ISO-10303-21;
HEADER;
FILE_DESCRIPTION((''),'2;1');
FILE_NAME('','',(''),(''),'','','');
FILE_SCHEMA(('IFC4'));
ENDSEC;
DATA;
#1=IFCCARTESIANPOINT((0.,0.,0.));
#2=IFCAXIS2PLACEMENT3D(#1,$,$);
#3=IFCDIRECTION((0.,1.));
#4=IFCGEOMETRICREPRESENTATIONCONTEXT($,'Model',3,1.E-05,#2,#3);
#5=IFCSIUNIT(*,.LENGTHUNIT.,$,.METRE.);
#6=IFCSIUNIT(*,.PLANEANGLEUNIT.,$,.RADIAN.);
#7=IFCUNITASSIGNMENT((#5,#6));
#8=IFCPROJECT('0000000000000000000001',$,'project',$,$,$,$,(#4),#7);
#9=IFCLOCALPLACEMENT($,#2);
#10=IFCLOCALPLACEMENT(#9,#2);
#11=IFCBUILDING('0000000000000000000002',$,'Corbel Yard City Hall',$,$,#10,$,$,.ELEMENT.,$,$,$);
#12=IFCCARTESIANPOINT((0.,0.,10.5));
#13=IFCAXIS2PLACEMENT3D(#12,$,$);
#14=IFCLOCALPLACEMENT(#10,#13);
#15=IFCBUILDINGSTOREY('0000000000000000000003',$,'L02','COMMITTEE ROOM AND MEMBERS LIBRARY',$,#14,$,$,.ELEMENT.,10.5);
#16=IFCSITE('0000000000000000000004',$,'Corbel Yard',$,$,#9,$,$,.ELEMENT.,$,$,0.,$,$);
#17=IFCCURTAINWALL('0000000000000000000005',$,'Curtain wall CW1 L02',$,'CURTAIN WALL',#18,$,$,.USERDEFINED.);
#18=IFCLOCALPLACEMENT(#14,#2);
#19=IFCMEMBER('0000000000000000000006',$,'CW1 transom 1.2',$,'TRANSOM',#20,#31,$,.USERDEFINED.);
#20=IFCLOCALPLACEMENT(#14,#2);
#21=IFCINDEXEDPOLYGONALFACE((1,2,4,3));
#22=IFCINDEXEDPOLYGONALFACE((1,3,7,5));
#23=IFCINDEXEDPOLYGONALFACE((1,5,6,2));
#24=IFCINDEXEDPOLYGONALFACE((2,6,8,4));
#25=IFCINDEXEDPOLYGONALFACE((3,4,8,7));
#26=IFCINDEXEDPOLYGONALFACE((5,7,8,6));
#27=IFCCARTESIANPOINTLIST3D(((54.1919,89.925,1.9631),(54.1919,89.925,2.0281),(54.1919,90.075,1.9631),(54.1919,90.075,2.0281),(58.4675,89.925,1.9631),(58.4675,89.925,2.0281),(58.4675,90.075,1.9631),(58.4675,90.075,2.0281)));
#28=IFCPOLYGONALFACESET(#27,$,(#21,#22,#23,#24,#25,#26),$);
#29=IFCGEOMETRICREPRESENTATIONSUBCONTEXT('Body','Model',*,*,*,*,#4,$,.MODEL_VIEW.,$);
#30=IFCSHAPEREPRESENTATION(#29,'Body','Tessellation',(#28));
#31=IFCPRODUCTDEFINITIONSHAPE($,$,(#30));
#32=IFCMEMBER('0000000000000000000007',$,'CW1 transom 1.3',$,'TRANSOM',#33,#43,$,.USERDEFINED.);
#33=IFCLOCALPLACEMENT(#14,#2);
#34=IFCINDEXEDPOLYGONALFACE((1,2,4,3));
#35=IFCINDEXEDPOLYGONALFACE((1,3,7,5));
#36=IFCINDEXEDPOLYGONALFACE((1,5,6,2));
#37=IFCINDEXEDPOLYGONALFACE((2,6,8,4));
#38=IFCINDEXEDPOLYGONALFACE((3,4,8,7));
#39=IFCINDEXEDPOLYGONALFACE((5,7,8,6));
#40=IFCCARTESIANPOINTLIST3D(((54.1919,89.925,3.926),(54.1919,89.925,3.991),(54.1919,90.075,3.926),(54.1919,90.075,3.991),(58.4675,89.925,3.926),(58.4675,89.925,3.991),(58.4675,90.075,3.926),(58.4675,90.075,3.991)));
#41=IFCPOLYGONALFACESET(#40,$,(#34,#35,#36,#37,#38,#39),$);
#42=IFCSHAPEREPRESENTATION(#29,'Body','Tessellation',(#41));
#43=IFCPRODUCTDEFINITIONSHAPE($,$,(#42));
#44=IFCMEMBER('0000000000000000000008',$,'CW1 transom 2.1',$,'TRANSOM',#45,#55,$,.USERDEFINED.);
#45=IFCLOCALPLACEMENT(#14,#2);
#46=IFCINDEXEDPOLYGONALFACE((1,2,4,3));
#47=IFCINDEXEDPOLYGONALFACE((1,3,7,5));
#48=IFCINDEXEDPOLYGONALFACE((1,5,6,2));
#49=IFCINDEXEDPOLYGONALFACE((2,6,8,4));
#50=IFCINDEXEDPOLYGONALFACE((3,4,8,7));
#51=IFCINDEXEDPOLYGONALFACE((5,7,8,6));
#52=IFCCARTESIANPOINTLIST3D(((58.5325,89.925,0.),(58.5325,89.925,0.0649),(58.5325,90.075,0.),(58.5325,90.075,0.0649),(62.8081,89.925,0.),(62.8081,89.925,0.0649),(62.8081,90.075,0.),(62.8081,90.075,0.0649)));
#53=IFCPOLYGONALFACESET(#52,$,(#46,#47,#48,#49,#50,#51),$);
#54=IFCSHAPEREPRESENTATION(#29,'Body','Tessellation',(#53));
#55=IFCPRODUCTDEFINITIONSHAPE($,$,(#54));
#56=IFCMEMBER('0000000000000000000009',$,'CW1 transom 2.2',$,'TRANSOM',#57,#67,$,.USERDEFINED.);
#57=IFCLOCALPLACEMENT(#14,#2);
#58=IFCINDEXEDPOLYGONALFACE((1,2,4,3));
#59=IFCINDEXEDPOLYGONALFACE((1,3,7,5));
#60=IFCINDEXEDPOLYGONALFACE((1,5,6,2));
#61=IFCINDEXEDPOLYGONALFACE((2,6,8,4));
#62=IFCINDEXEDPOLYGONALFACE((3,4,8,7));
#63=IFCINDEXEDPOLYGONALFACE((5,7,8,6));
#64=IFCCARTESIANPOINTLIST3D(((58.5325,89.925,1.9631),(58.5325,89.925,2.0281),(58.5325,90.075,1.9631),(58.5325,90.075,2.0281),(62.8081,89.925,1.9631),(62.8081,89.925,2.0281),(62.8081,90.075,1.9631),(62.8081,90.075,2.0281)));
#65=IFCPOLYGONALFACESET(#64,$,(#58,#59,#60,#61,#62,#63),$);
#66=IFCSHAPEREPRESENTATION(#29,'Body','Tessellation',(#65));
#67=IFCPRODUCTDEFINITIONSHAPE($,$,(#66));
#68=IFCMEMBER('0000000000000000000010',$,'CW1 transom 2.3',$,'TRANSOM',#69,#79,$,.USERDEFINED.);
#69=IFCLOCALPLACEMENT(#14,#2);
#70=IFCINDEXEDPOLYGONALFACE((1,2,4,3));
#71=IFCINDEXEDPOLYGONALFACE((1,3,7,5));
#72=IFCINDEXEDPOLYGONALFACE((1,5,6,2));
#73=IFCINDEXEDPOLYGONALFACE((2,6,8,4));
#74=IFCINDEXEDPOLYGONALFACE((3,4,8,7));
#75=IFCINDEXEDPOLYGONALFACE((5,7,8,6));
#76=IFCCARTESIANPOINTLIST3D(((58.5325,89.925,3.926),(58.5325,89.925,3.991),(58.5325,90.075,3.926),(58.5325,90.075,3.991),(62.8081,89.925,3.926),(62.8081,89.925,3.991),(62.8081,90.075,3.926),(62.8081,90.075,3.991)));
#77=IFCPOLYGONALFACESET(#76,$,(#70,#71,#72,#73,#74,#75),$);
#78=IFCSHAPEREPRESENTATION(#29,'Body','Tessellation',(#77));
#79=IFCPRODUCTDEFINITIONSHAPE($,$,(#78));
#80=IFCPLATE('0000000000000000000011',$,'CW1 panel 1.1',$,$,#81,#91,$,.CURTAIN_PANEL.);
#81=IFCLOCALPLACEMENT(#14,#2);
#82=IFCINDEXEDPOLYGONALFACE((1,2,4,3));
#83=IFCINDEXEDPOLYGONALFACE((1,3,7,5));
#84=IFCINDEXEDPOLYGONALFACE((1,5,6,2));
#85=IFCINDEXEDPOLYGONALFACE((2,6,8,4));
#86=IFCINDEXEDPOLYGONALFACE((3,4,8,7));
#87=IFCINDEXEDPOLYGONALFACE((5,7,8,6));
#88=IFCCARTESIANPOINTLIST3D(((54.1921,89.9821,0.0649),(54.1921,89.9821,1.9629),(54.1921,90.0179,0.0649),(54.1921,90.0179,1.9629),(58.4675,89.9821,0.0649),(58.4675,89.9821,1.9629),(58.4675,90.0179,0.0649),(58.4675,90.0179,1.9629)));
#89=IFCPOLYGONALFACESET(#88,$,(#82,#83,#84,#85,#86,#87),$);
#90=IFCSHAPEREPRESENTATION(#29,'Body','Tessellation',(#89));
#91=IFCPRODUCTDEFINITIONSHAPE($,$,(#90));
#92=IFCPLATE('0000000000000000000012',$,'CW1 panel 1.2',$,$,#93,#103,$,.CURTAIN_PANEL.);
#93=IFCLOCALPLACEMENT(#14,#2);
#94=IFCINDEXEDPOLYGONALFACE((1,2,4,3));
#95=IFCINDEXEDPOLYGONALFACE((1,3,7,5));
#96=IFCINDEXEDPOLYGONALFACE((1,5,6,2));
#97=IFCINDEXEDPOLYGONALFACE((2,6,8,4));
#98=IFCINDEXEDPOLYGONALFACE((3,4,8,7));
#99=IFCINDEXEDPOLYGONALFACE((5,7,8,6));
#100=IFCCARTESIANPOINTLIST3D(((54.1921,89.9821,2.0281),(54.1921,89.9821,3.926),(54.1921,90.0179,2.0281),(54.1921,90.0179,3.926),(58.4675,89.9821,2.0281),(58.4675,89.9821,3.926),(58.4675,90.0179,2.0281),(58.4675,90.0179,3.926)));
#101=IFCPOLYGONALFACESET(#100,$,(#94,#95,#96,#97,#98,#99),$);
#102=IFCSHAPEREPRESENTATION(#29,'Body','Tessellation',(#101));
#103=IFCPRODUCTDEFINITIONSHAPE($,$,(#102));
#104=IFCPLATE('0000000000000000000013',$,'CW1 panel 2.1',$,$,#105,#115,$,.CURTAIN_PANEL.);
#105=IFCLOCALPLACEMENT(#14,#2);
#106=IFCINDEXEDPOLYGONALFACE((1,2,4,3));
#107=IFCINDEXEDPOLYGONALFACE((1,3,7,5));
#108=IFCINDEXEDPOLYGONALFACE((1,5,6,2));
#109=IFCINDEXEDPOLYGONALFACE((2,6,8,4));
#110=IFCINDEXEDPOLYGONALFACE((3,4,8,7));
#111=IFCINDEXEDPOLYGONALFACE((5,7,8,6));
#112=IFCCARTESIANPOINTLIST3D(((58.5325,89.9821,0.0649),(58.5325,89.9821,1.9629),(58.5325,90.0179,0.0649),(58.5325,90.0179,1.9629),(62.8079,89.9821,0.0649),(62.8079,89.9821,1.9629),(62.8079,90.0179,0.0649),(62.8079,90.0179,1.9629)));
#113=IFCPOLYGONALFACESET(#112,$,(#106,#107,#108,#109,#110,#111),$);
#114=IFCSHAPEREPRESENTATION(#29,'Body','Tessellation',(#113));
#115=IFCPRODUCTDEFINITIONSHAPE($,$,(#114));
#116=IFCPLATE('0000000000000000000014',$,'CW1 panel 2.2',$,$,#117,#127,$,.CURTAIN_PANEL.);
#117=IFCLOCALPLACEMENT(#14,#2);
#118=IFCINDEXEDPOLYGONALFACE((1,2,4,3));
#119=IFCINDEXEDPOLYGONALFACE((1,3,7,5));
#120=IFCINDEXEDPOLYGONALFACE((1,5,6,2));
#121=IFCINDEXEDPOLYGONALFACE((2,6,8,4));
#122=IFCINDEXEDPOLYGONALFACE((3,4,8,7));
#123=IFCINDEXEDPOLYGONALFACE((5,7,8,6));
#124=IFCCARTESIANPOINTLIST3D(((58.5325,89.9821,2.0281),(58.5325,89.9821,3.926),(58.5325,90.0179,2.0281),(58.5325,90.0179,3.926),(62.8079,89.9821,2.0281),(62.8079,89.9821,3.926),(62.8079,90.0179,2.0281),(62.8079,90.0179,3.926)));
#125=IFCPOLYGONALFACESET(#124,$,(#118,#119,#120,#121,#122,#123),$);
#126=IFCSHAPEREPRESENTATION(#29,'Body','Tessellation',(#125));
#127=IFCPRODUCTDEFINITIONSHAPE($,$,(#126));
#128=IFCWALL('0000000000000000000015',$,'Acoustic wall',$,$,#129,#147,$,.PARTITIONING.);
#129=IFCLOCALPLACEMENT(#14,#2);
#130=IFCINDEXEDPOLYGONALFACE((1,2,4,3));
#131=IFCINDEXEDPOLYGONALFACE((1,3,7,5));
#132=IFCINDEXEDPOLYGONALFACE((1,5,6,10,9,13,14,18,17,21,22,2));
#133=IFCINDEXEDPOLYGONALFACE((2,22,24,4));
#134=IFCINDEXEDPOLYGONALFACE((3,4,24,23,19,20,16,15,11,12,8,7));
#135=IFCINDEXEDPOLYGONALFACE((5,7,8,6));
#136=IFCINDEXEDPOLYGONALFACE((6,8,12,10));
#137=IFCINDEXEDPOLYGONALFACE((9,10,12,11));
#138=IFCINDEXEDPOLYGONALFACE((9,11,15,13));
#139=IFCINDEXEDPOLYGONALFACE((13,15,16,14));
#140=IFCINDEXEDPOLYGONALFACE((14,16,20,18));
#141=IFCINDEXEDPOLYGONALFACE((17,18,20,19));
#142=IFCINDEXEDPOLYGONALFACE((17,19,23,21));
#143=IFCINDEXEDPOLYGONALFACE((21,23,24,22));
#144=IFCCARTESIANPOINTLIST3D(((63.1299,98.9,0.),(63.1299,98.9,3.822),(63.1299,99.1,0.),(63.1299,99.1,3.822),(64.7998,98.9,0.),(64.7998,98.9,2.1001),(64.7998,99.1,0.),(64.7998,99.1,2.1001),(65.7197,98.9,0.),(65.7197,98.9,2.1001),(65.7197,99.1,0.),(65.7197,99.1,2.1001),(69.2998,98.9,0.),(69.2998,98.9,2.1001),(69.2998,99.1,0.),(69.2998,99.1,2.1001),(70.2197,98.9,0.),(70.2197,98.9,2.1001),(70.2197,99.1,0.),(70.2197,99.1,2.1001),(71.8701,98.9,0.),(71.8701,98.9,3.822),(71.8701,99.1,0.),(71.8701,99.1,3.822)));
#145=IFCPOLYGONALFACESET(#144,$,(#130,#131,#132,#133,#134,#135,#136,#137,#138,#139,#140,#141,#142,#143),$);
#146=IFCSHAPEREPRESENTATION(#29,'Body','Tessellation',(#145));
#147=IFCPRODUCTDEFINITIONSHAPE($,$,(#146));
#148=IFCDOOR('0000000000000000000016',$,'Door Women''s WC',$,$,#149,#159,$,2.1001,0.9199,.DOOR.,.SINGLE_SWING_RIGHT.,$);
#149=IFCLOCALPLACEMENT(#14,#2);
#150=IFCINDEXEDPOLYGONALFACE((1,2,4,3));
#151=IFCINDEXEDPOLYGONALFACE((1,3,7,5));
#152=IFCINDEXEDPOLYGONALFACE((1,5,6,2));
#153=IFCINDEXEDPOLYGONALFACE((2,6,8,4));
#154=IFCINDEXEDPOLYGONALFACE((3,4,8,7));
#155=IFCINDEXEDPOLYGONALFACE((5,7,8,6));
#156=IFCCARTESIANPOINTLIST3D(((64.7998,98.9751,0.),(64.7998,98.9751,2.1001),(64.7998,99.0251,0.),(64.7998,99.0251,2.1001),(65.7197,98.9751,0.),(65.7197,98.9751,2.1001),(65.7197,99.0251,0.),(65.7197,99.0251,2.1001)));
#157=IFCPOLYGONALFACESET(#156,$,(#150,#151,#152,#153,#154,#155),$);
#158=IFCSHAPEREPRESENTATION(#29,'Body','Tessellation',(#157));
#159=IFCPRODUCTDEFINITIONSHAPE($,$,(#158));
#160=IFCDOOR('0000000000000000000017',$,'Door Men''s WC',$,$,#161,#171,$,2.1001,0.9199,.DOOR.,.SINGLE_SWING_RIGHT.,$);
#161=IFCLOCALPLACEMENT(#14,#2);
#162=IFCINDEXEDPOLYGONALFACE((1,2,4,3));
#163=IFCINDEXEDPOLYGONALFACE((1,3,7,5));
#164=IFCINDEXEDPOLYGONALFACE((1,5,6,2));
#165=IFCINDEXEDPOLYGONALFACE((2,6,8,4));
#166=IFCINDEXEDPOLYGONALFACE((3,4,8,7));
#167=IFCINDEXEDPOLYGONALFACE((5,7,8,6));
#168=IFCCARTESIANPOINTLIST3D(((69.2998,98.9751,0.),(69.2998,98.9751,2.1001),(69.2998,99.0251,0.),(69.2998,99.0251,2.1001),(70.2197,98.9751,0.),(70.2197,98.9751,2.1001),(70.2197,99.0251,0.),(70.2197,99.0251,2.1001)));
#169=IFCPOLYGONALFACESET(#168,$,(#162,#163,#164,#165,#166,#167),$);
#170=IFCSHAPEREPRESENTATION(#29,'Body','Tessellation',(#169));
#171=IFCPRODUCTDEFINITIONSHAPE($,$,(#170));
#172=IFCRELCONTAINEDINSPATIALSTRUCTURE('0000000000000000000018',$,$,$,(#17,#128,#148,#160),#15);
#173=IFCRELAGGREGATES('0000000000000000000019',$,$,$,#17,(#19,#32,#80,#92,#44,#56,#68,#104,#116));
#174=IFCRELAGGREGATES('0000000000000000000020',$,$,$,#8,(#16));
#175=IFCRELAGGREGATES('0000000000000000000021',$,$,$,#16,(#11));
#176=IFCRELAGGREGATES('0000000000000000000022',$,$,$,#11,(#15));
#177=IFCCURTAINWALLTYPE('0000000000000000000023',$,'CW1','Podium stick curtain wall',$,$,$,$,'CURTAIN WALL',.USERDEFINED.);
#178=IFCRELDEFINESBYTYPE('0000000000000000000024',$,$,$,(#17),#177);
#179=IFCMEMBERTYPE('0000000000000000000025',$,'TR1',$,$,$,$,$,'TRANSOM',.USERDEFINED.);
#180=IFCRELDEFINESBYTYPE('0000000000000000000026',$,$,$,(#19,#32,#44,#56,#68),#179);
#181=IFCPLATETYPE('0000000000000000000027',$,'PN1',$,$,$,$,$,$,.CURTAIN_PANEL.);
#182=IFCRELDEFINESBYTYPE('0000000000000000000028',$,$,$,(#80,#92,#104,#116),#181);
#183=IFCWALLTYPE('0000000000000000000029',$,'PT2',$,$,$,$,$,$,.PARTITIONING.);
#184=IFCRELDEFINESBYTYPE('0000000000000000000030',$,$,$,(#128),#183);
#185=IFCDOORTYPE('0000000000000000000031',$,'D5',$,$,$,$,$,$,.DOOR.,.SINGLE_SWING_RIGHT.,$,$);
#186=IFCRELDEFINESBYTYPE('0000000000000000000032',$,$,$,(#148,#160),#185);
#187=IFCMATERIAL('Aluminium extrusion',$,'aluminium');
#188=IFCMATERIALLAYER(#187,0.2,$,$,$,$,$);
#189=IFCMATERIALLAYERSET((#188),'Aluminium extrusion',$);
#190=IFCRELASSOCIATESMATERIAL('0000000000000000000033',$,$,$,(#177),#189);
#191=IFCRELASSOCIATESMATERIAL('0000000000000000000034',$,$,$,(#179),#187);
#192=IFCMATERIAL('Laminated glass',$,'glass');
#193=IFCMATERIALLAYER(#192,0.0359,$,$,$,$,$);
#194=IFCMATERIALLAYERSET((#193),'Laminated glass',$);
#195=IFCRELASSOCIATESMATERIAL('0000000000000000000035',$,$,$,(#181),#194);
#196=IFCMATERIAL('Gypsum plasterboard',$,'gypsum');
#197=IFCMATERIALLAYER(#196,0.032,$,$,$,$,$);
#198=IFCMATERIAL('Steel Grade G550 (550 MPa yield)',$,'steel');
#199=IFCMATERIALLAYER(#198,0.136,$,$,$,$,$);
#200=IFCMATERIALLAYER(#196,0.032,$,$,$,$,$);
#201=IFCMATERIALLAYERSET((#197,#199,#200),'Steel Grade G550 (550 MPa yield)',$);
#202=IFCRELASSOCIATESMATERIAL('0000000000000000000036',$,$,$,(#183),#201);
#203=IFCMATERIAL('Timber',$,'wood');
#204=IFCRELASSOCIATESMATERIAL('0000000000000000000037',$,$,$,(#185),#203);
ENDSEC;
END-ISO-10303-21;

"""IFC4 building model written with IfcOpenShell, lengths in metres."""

from ifc_helpers import new_model, si_unit, direction, frame, frame_2d, origin, origin_2d, place, context, subcontext, project, spatial, rectangle, extrude, material, layer, layer_set, material_profile, profile_set, type_object, element, fill, aggregate, save


model = new_model("IFC4")

# Units and contexts
model_context = context("Model", 3, precision=1e-05, world=origin(), true_north=direction((0.0, 1.0)))
body_context = subcontext(model_context, "Body", "Model", "MODEL_VIEW")
ifc_project = project(units=[si_unit("LENGTHUNIT", "METRE"), si_unit("PLANEANGLEUNIT", "RADIAN")], contexts=[model_context])

# Site, building, storey
site_placement = place(None, origin())
site = spatial("IfcSite", under=ifc_project, at=site_placement, Name="Corbel Yard", CompositionType="ELEMENT", RefElevation=0.0)
building_placement = place(site_placement, origin())
building = spatial("IfcBuilding", under=site, at=building_placement, Name="Corbel Yard City Hall", CompositionType="ELEMENT")
storey_placement = place(building_placement, frame((0.0, 0.0, 10.5)))
storey = spatial("IfcBuildingStorey", under=building, at=storey_placement, Name="L02", Description="COMMITTEE ROOM AND MEMBERS LIBRARY", CompositionType="ELEMENT", Elevation=10.5)

# Curtain wall
ifc_material_1 = material(Name="Aluminium extrusion", Category="aluminium")
ifc_layer_1 = layer(ifc_material_1, 0.2)
ifc_layer_set_1 = layer_set([ifc_layer_1], Name="Aluminium extrusion")
curtain_wall_type = type_object("IfcCurtainWallType", Name="CW1", Description="Podium stick curtain wall", ElementType="CURTAIN WALL", PredefinedType="USERDEFINED", material=ifc_layer_set_1)
curtain_wall_1_placement = place(storey_placement, origin())
curtain_wall_1 = element("IfcCurtainWall", 1, at=curtain_wall_1_placement, inside=storey, type_object=curtain_wall_type, Name="Curtain wall CW1 L02", ObjectType="CURTAIN WALL", PredefinedType="USERDEFINED")

# Members
ifc_material_profile_1 = material_profile(ifc_material_1, rectangle(XDim=0.1499, YDim=0.0649, at=origin_2d()), Name="150x65")
ifc_profile_set_1 = profile_set([ifc_material_profile_1], Name="Aluminium extrusion")
member_type_1 = type_object("IfcMemberType", Name="TR1", ElementType="TRANSOM", PredefinedType="USERDEFINED", material=ifc_profile_set_1)
member_1_placement = place(storey_placement, frame((54.1919, 90.0, 1.9956), z_axis=(1.0, 0.0, 0.0), x_axis=(0.0, 1.0, 0.0)))
member_1 = element("IfcMember", 2, at=member_1_placement, type_object=member_type_1, Name="CW1 transom 1.2", ObjectType="TRANSOM", PredefinedType="USERDEFINED", context=body_context, shape_type="SweptSolid", body=[
    extrude(rectangle(XDim=0.1499, YDim=0.0649, at=origin_2d()), origin(), (0.0, 0.0, 1.0), 4.2756),
])
member_2_placement = place(storey_placement, frame((54.1919, 90.0, 3.9585), z_axis=(1.0, 0.0, 0.0), x_axis=(0.0, 1.0, 0.0)))
member_2 = element("IfcMember", 3, at=member_2_placement, type_object=member_type_1, Name="CW1 transom 1.3", ObjectType="TRANSOM", PredefinedType="USERDEFINED", context=body_context, shape_type="SweptSolid", body=[
    extrude(rectangle(XDim=0.1499, YDim=0.0649, at=origin_2d()), origin(), (0.0, 0.0, 1.0), 4.2756),
])
member_3_placement = place(storey_placement, frame((58.5325, 90.0, 0.0325), z_axis=(1.0, 0.0, 0.0), x_axis=(0.0, 1.0, 0.0)))
member_3 = element("IfcMember", 4, at=member_3_placement, type_object=member_type_1, Name="CW1 transom 2.1", ObjectType="TRANSOM", PredefinedType="USERDEFINED", context=body_context, shape_type="SweptSolid", body=[
    extrude(rectangle(XDim=0.1499, YDim=0.0649, at=origin_2d()), origin(), (0.0, 0.0, 1.0), 4.2756),
])
member_4_placement = place(storey_placement, frame((58.5325, 90.0, 1.9956), z_axis=(1.0, 0.0, 0.0), x_axis=(0.0, 1.0, 0.0)))
member_4 = element("IfcMember", 5, at=member_4_placement, type_object=member_type_1, Name="CW1 transom 2.2", ObjectType="TRANSOM", PredefinedType="USERDEFINED", context=body_context, shape_type="SweptSolid", body=[
    extrude(rectangle(XDim=0.1499, YDim=0.0649, at=origin_2d()), origin(), (0.0, 0.0, 1.0), 4.2756),
])
member_5_placement = place(storey_placement, frame((58.5325, 90.0, 3.9585), z_axis=(1.0, 0.0, 0.0), x_axis=(0.0, 1.0, 0.0)))
member_5 = element("IfcMember", 6, at=member_5_placement, type_object=member_type_1, Name="CW1 transom 2.3", ObjectType="TRANSOM", PredefinedType="USERDEFINED", context=body_context, shape_type="SweptSolid", body=[
    extrude(rectangle(XDim=0.1499, YDim=0.0649, at=origin_2d()), origin(), (0.0, 0.0, 1.0), 4.2756),
])

# Plates
ifc_material_2 = material(Name="Laminated glass", Category="glass")
ifc_layer_2 = layer(ifc_material_2, 0.0359)
ifc_layer_set_2 = layer_set([ifc_layer_2], Name="Laminated glass")
plate_type = type_object("IfcPlateType", Name="PN1", PredefinedType="CURTAIN_PANEL", material=ifc_layer_set_2)
plate_1_placement = place(storey_placement, frame((56.3298, 90.0, 0.0649), z_axis=(0.0, 0.0, 1.0), x_axis=(1.0, 0.0, 0.0)))
plate_1 = element("IfcPlate", 7, at=plate_1_placement, type_object=plate_type, Name="CW1 panel 1.1", PredefinedType="CURTAIN_PANEL", context=body_context, shape_type="SweptSolid", body=[
    extrude(rectangle(XDim=4.2754, YDim=0.0359, at=origin_2d()), origin(), (0.0, 0.0, 1.0), 1.8979),
])
plate_2_placement = place(storey_placement, frame((56.3298, 90.0, 2.0281), z_axis=(0.0, 0.0, 1.0), x_axis=(1.0, 0.0, 0.0)))
plate_2 = element("IfcPlate", 8, at=plate_2_placement, type_object=plate_type, Name="CW1 panel 1.2", PredefinedType="CURTAIN_PANEL", context=body_context, shape_type="SweptSolid", body=[
    extrude(rectangle(XDim=4.2754, YDim=0.0359, at=origin_2d()), origin(), (0.0, 0.0, 1.0), 1.8979),
])
plate_3_placement = place(storey_placement, frame((60.6702, 90.0, 0.0649), z_axis=(0.0, 0.0, 1.0), x_axis=(1.0, 0.0, 0.0)))
plate_3 = element("IfcPlate", 9, at=plate_3_placement, type_object=plate_type, Name="CW1 panel 2.1", PredefinedType="CURTAIN_PANEL", context=body_context, shape_type="SweptSolid", body=[
    extrude(rectangle(XDim=4.2754, YDim=0.0359, at=origin_2d()), origin(), (0.0, 0.0, 1.0), 1.8979),
])
plate_4_placement = place(storey_placement, frame((60.6702, 90.0, 2.0281), z_axis=(0.0, 0.0, 1.0), x_axis=(1.0, 0.0, 0.0)))
plate_4 = element("IfcPlate", 10, at=plate_4_placement, type_object=plate_type, Name="CW1 panel 2.2", PredefinedType="CURTAIN_PANEL", context=body_context, shape_type="SweptSolid", body=[
    extrude(rectangle(XDim=4.2754, YDim=0.0359, at=origin_2d()), origin(), (0.0, 0.0, 1.0), 1.8979),
])
aggregate(curtain_wall_1, [member_1, member_2, plate_1, plate_2, member_3, member_4, member_5, plate_3, plate_4])

# Wall, openings, doors
ifc_material_3 = material(Name="Gypsum plasterboard", Category="gypsum")
ifc_layer_3 = layer(ifc_material_3, 0.032)
ifc_material_4 = material(Name="Steel Grade G550 (550 MPa yield)", Category="steel")
ifc_layer_4 = layer(ifc_material_4, 0.136)
ifc_layer_5 = layer(ifc_material_3, 0.032)
ifc_layer_set_3 = layer_set([ifc_layer_3, ifc_layer_4, ifc_layer_5], Name="Steel Grade G550 (550 MPa yield)")
wall_type_1 = type_object("IfcWallType", Name="PT2", PredefinedType="PARTITIONING", material=ifc_layer_set_3)
wall_1_placement = place(storey_placement, frame((63.1299, 99.0, 0.0), z_axis=(0.0, 0.0, 1.0), x_axis=(1.0, 0.0, 0.0)))
wall_1 = element("IfcWall", 11, at=wall_1_placement, inside=storey, type_object=wall_type_1, Name="Acoustic wall", PredefinedType="PARTITIONING", context=body_context, shape_type="SweptSolid", body=[
    extrude(rectangle(XDim=8.7402, YDim=0.2, at=frame_2d((4.3701, 0.0))), origin(), (0.0, 0.0, 1.0), 3.822),
])
opening_1_placement = place(wall_1_placement, frame((1.6699, 0.0, 0.0)))
opening_1 = element("IfcOpeningElement", 12, at=opening_1_placement, cuts=wall_1, PredefinedType="OPENING", context=body_context, shape_type="SweptSolid", body=[
    extrude(rectangle(XDim=0.9199, YDim=2.1001, at=frame_2d((0.46, 1.05))), frame((0.0, 0.1099, 0.0), z_axis=(0.0, -1.0, 0.0), x_axis=(1.0, 0.0, 0.0)), (0.0, 0.0, 1.0), 0.22),
])
opening_2_placement = place(wall_1_placement, frame((6.1699, 0.0, 0.0)))
opening_2 = element("IfcOpeningElement", 13, at=opening_2_placement, cuts=wall_1, PredefinedType="OPENING", context=body_context, shape_type="SweptSolid", body=[
    extrude(rectangle(XDim=0.9199, YDim=2.1001, at=frame_2d((0.46, 1.05))), frame((0.0, 0.1099, 0.0), z_axis=(0.0, -1.0, 0.0), x_axis=(1.0, 0.0, 0.0)), (0.0, 0.0, 1.0), 0.22),
])
ifc_material_5 = material(Name="Timber", Category="wood")
door_type = type_object("IfcDoorType", Name="D5", OperationType="SINGLE_SWING_RIGHT", PredefinedType="DOOR", material=ifc_material_5)
door_1_placement = place(opening_1_placement, frame((0.9199, 0.0, 0.0), z_axis=(0.0, 0.0, 1.0), x_axis=(-1.0, 0.0, 0.0)))
door_1 = element("IfcDoor", 14, at=door_1_placement, inside=storey, type_object=door_type, Name="Door Women's WC", OperationType="SINGLE_SWING_RIGHT", OverallHeight=2.1001, OverallWidth=0.9199, PredefinedType="DOOR", context=body_context, shape_type="SweptSolid", body=[
    extrude(rectangle(XDim=0.9199, YDim=2.1001, at=frame_2d((0.46, 1.05))), frame((0.0, 0.0249, 0.0), z_axis=(0.0, -1.0, 0.0), x_axis=(1.0, 0.0, 0.0)), (0.0, 0.0, 1.0), 0.05),
])
fill(opening_1, door_1)
door_2_placement = place(opening_2_placement, frame((0.9199, 0.0, 0.0), z_axis=(0.0, 0.0, 1.0), x_axis=(-1.0, 0.0, 0.0)))
door_2 = element("IfcDoor", 15, at=door_2_placement, inside=storey, type_object=door_type, Name="Door Men's WC", OperationType="SINGLE_SWING_RIGHT", OverallHeight=2.1001, OverallWidth=0.9199, PredefinedType="DOOR", context=body_context, shape_type="SweptSolid", body=[
    extrude(rectangle(XDim=0.9199, YDim=2.1001, at=frame_2d((0.46, 1.05))), frame((0.0, 0.0249, 0.0), z_axis=(0.0, -1.0, 0.0), x_axis=(1.0, 0.0, 0.0)), (0.0, 0.0, 1.0), 0.05),
])
fill(opening_2, door_2)

save(model, "model.ifc")
